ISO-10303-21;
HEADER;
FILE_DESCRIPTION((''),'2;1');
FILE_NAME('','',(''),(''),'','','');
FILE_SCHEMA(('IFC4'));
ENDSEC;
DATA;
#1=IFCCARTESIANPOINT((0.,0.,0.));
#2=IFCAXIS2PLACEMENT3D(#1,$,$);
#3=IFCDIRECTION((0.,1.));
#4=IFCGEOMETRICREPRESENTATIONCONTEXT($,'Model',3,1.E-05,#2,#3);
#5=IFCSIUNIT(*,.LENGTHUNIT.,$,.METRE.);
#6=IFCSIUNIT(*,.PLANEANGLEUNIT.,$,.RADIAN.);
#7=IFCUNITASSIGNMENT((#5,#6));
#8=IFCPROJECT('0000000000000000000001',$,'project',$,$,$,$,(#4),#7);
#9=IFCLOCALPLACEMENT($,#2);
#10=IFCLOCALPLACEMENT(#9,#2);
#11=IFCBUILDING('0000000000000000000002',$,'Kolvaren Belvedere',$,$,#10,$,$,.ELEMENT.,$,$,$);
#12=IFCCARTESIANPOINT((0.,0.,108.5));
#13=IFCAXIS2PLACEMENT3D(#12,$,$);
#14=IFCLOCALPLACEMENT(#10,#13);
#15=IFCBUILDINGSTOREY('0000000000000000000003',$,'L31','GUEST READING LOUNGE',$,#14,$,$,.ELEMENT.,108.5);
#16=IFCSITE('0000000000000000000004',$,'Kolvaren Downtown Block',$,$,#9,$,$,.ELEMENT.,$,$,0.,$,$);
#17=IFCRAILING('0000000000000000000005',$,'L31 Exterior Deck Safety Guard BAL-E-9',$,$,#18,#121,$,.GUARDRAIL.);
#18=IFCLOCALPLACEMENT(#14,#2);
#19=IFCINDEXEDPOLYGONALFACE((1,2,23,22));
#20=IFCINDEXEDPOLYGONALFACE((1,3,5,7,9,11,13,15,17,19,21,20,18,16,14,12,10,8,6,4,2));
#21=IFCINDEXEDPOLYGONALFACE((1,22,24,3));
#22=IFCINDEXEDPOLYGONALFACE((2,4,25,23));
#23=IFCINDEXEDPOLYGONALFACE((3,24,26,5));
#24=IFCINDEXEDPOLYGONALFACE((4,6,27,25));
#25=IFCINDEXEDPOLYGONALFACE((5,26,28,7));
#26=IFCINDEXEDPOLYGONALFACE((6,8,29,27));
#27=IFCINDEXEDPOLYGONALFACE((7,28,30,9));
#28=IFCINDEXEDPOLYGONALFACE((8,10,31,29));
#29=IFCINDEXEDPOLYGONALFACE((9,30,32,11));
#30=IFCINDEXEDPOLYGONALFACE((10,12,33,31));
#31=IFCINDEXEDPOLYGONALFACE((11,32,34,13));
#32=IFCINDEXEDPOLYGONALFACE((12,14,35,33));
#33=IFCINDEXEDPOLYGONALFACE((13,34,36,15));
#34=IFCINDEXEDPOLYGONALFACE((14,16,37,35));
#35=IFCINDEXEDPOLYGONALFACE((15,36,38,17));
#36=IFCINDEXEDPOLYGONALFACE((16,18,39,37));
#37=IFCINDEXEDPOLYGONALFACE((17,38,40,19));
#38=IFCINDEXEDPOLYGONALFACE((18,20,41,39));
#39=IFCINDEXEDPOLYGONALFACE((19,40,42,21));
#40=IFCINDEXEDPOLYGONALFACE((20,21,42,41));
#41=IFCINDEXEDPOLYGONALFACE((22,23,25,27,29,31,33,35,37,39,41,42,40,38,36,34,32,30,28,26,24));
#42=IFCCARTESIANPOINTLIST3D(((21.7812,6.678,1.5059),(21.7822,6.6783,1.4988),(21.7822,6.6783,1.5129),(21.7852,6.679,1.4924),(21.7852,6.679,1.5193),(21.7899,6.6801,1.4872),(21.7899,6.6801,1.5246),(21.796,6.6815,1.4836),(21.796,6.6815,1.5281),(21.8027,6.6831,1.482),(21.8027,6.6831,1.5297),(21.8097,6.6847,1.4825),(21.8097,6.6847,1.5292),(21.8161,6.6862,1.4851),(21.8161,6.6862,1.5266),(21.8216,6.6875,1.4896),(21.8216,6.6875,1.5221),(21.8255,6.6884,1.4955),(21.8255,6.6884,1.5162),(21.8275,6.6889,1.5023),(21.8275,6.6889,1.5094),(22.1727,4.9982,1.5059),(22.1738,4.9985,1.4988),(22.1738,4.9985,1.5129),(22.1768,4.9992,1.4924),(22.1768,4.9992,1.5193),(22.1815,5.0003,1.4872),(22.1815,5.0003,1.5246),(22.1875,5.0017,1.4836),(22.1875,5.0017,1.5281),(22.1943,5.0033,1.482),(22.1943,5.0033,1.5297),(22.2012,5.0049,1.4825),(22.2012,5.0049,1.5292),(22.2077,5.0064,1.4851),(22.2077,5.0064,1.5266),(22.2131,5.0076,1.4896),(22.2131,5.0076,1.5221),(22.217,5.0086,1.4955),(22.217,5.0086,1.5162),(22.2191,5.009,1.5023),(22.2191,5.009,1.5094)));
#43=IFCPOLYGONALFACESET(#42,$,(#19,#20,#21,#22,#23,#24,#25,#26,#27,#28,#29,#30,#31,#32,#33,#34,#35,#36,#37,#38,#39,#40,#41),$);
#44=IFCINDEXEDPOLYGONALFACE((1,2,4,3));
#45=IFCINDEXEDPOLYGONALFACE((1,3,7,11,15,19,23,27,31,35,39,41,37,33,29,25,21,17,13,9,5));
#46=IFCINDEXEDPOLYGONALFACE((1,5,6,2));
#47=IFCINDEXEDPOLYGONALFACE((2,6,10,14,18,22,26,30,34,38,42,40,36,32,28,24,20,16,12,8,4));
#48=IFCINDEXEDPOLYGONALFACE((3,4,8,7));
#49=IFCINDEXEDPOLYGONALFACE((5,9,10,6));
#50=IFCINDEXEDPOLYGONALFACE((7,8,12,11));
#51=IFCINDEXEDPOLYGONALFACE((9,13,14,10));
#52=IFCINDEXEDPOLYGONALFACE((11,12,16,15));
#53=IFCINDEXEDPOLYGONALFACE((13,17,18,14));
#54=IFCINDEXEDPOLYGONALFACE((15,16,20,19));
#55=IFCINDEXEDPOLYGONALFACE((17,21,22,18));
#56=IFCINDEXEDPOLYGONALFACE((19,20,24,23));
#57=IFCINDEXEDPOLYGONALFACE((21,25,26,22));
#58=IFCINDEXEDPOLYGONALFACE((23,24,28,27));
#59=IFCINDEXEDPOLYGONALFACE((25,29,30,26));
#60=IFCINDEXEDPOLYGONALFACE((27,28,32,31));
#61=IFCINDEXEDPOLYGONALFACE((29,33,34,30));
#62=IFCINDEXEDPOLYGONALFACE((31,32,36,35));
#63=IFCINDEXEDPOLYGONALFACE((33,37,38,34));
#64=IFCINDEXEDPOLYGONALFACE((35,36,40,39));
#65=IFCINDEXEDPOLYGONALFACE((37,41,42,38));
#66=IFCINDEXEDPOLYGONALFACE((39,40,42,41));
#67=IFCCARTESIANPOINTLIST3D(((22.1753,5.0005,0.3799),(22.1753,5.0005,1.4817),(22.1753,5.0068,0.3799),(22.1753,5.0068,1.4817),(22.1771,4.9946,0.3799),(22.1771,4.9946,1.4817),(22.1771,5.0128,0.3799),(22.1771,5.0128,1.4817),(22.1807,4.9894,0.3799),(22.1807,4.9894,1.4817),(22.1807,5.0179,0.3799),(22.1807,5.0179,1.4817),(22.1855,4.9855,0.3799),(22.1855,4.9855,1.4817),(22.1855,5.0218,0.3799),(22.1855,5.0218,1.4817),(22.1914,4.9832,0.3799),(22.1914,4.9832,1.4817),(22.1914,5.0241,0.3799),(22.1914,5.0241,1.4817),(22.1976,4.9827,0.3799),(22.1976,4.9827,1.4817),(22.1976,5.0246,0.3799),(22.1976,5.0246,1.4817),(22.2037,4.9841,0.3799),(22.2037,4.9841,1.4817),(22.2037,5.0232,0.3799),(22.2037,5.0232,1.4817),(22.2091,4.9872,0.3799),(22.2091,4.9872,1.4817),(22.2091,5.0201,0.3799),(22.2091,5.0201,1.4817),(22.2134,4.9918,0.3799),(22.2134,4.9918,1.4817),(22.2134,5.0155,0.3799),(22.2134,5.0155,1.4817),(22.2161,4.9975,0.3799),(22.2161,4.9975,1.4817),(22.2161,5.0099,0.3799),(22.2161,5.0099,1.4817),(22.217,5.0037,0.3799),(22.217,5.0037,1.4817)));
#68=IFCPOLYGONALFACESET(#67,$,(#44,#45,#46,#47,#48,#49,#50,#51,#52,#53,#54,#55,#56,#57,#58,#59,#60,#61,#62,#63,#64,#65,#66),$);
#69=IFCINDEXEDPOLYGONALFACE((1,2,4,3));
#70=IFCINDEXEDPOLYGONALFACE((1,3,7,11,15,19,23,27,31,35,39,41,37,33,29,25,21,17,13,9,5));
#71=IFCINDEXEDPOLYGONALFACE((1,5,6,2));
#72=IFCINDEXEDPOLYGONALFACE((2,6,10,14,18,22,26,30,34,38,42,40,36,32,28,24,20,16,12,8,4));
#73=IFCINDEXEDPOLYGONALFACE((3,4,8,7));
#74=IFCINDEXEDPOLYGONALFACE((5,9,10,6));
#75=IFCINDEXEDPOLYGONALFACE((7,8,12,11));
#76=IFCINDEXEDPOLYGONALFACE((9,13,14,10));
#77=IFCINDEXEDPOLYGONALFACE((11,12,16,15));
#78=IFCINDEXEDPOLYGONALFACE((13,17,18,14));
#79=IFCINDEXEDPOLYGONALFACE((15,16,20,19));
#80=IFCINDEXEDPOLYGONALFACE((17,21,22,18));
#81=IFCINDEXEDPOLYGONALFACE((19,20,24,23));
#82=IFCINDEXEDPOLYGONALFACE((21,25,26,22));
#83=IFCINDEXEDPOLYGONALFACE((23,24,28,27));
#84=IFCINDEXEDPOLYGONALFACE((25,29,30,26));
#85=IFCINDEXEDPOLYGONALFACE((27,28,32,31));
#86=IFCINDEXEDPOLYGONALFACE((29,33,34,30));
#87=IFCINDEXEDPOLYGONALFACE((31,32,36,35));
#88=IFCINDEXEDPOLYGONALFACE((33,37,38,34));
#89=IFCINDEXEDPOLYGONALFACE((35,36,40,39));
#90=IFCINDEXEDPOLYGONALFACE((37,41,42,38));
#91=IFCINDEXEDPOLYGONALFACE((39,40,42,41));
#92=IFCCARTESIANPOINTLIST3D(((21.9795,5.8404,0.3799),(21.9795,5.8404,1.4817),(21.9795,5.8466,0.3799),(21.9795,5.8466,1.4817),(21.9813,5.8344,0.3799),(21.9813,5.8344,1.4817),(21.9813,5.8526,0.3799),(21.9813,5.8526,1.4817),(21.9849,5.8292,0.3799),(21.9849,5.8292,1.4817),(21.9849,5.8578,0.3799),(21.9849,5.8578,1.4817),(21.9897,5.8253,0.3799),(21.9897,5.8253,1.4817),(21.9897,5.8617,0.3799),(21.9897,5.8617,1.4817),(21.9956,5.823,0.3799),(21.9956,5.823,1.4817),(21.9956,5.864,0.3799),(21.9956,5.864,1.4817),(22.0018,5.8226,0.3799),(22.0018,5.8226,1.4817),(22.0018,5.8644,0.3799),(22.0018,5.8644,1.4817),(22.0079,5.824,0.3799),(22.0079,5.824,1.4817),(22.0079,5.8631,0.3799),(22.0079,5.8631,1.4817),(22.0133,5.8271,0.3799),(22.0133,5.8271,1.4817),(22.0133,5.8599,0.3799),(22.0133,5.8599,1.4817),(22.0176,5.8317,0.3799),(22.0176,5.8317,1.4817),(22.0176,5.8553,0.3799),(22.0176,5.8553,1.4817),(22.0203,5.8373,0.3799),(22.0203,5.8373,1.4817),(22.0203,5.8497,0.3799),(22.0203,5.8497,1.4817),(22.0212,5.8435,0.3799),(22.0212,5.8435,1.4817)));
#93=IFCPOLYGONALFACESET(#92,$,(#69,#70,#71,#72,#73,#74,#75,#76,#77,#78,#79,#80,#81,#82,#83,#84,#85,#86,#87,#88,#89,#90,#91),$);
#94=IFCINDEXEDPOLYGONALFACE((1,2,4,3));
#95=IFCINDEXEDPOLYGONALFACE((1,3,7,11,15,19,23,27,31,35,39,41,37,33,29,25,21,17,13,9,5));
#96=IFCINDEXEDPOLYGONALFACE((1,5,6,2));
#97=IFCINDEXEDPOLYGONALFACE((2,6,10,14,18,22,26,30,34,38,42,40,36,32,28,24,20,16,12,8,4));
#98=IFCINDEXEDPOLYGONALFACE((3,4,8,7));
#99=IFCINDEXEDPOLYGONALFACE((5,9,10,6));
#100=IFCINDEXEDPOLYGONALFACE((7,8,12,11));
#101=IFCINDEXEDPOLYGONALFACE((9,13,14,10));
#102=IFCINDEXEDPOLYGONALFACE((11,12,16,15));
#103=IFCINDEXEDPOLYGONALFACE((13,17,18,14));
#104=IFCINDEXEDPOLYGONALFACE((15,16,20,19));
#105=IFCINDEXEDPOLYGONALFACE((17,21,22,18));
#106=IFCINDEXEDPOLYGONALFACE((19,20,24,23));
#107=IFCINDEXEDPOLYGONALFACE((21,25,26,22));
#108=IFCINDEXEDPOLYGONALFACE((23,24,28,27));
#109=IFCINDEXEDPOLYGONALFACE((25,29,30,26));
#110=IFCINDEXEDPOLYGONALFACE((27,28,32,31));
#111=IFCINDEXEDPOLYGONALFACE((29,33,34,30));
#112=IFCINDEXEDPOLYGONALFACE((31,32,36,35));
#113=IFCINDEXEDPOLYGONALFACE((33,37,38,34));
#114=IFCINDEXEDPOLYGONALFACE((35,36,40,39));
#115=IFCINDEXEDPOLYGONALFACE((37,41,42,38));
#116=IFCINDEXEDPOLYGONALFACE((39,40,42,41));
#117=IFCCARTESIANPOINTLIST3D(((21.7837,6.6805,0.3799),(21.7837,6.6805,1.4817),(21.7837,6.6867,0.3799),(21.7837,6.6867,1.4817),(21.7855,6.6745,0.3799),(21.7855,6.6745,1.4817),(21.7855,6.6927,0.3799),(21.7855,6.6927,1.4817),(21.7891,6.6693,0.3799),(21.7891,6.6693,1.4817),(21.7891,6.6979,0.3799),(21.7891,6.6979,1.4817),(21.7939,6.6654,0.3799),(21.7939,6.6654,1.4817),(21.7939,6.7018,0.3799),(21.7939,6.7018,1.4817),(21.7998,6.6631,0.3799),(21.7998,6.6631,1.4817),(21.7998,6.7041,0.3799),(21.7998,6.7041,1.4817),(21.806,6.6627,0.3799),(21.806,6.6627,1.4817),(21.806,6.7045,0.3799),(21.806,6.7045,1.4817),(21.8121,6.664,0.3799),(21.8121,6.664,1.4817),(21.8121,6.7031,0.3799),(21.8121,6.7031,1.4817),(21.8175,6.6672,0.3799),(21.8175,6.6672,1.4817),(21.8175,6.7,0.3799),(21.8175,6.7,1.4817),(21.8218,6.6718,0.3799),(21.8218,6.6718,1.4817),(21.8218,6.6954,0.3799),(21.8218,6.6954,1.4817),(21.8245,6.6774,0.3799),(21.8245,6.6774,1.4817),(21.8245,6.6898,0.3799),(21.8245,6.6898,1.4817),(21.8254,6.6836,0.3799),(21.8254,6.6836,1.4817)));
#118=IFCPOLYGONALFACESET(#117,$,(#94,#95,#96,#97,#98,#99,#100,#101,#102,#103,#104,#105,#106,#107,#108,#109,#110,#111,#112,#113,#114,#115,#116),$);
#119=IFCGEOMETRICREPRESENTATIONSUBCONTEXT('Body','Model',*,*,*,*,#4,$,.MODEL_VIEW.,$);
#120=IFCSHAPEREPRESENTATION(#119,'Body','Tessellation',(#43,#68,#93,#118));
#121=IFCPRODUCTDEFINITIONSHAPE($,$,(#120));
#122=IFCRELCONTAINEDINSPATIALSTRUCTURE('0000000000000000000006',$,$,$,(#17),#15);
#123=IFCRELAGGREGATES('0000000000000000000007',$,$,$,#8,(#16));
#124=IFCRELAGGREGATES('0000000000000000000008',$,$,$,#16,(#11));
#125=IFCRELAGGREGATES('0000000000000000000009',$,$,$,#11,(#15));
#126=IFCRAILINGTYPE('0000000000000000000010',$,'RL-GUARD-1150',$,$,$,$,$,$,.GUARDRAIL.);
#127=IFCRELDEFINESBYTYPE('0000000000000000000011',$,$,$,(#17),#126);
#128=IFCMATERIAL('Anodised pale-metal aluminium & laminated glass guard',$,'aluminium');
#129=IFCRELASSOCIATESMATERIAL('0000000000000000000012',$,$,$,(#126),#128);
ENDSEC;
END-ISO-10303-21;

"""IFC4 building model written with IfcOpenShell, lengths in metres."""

from ifc_helpers import new_model, si_unit, direction, frame, origin, origin_2d, place, context, subcontext, project, spatial, circle, extrude, material, type_object, element, save


model = new_model("IFC4")

# Units and contexts
model_context = context("Model", 3, precision=1e-05, world=origin(), true_north=direction((0.0, 1.0)))
body_context = subcontext(model_context, "Body", "Model", "MODEL_VIEW")
ifc_project = project(units=[si_unit("LENGTHUNIT", "METRE"), si_unit("PLANEANGLEUNIT", "RADIAN")], contexts=[model_context])

# Site, building, storey
site_placement = place(None, origin())
site = spatial("IfcSite", under=ifc_project, at=site_placement, Name="Kolvaren Downtown Block", CompositionType="ELEMENT", RefElevation=0.0)
building_placement = place(site_placement, origin())
building = spatial("IfcBuilding", under=site, at=building_placement, Name="Kolvaren Belvedere", CompositionType="ELEMENT")
storey_placement = place(building_placement, frame((0.0, 0.0, 108.5)))
storey = spatial("IfcBuildingStorey", under=building, at=storey_placement, Name="L31", Description="GUEST READING LOUNGE", CompositionType="ELEMENT", Elevation=108.5)

# Railing
ifc_material_1 = material(Name="Anodised pale-metal aluminium & laminated glass guard", Category="aluminium")
railing_type = type_object("IfcRailingType", Name="RL-GUARD-1150", PredefinedType="GUARDRAIL", material=ifc_material_1)
railing_1_placement = place(storey_placement, frame((22.196, 5.0037, 0.3799)))
element("IfcRailing", 1, at=railing_1_placement, inside=storey, type_object=railing_type, Name="L31 Exterior Deck Safety Guard BAL-E-9", PredefinedType="GUARDRAIL", context=body_context, shape_type="SweptSolid", body=[
    extrude(circle(Radius=0.0239, at=origin_2d()), frame((0.0, 0.0, 1.126), z_axis=(-0.227019, 0.97389, 0.0), x_axis=(-0.97389, -0.227019, 0.0)), (0.0, 0.0, 1.0), 1.7249),
    extrude(circle(Radius=0.021, at=origin_2d()), origin(), (0.0, 0.0, 1.0), 1.1018),
    extrude(circle(Radius=0.021, at=origin_2d()), frame((-0.1958, 0.8398, 0.0)), (0.0, 0.0, 1.0), 1.1018),
    extrude(circle(Radius=0.021, at=origin_2d()), frame((-0.3916, 1.6799, 0.0)), (0.0, 0.0, 1.0), 1.1018),
])

save(model, "model.ifc")
